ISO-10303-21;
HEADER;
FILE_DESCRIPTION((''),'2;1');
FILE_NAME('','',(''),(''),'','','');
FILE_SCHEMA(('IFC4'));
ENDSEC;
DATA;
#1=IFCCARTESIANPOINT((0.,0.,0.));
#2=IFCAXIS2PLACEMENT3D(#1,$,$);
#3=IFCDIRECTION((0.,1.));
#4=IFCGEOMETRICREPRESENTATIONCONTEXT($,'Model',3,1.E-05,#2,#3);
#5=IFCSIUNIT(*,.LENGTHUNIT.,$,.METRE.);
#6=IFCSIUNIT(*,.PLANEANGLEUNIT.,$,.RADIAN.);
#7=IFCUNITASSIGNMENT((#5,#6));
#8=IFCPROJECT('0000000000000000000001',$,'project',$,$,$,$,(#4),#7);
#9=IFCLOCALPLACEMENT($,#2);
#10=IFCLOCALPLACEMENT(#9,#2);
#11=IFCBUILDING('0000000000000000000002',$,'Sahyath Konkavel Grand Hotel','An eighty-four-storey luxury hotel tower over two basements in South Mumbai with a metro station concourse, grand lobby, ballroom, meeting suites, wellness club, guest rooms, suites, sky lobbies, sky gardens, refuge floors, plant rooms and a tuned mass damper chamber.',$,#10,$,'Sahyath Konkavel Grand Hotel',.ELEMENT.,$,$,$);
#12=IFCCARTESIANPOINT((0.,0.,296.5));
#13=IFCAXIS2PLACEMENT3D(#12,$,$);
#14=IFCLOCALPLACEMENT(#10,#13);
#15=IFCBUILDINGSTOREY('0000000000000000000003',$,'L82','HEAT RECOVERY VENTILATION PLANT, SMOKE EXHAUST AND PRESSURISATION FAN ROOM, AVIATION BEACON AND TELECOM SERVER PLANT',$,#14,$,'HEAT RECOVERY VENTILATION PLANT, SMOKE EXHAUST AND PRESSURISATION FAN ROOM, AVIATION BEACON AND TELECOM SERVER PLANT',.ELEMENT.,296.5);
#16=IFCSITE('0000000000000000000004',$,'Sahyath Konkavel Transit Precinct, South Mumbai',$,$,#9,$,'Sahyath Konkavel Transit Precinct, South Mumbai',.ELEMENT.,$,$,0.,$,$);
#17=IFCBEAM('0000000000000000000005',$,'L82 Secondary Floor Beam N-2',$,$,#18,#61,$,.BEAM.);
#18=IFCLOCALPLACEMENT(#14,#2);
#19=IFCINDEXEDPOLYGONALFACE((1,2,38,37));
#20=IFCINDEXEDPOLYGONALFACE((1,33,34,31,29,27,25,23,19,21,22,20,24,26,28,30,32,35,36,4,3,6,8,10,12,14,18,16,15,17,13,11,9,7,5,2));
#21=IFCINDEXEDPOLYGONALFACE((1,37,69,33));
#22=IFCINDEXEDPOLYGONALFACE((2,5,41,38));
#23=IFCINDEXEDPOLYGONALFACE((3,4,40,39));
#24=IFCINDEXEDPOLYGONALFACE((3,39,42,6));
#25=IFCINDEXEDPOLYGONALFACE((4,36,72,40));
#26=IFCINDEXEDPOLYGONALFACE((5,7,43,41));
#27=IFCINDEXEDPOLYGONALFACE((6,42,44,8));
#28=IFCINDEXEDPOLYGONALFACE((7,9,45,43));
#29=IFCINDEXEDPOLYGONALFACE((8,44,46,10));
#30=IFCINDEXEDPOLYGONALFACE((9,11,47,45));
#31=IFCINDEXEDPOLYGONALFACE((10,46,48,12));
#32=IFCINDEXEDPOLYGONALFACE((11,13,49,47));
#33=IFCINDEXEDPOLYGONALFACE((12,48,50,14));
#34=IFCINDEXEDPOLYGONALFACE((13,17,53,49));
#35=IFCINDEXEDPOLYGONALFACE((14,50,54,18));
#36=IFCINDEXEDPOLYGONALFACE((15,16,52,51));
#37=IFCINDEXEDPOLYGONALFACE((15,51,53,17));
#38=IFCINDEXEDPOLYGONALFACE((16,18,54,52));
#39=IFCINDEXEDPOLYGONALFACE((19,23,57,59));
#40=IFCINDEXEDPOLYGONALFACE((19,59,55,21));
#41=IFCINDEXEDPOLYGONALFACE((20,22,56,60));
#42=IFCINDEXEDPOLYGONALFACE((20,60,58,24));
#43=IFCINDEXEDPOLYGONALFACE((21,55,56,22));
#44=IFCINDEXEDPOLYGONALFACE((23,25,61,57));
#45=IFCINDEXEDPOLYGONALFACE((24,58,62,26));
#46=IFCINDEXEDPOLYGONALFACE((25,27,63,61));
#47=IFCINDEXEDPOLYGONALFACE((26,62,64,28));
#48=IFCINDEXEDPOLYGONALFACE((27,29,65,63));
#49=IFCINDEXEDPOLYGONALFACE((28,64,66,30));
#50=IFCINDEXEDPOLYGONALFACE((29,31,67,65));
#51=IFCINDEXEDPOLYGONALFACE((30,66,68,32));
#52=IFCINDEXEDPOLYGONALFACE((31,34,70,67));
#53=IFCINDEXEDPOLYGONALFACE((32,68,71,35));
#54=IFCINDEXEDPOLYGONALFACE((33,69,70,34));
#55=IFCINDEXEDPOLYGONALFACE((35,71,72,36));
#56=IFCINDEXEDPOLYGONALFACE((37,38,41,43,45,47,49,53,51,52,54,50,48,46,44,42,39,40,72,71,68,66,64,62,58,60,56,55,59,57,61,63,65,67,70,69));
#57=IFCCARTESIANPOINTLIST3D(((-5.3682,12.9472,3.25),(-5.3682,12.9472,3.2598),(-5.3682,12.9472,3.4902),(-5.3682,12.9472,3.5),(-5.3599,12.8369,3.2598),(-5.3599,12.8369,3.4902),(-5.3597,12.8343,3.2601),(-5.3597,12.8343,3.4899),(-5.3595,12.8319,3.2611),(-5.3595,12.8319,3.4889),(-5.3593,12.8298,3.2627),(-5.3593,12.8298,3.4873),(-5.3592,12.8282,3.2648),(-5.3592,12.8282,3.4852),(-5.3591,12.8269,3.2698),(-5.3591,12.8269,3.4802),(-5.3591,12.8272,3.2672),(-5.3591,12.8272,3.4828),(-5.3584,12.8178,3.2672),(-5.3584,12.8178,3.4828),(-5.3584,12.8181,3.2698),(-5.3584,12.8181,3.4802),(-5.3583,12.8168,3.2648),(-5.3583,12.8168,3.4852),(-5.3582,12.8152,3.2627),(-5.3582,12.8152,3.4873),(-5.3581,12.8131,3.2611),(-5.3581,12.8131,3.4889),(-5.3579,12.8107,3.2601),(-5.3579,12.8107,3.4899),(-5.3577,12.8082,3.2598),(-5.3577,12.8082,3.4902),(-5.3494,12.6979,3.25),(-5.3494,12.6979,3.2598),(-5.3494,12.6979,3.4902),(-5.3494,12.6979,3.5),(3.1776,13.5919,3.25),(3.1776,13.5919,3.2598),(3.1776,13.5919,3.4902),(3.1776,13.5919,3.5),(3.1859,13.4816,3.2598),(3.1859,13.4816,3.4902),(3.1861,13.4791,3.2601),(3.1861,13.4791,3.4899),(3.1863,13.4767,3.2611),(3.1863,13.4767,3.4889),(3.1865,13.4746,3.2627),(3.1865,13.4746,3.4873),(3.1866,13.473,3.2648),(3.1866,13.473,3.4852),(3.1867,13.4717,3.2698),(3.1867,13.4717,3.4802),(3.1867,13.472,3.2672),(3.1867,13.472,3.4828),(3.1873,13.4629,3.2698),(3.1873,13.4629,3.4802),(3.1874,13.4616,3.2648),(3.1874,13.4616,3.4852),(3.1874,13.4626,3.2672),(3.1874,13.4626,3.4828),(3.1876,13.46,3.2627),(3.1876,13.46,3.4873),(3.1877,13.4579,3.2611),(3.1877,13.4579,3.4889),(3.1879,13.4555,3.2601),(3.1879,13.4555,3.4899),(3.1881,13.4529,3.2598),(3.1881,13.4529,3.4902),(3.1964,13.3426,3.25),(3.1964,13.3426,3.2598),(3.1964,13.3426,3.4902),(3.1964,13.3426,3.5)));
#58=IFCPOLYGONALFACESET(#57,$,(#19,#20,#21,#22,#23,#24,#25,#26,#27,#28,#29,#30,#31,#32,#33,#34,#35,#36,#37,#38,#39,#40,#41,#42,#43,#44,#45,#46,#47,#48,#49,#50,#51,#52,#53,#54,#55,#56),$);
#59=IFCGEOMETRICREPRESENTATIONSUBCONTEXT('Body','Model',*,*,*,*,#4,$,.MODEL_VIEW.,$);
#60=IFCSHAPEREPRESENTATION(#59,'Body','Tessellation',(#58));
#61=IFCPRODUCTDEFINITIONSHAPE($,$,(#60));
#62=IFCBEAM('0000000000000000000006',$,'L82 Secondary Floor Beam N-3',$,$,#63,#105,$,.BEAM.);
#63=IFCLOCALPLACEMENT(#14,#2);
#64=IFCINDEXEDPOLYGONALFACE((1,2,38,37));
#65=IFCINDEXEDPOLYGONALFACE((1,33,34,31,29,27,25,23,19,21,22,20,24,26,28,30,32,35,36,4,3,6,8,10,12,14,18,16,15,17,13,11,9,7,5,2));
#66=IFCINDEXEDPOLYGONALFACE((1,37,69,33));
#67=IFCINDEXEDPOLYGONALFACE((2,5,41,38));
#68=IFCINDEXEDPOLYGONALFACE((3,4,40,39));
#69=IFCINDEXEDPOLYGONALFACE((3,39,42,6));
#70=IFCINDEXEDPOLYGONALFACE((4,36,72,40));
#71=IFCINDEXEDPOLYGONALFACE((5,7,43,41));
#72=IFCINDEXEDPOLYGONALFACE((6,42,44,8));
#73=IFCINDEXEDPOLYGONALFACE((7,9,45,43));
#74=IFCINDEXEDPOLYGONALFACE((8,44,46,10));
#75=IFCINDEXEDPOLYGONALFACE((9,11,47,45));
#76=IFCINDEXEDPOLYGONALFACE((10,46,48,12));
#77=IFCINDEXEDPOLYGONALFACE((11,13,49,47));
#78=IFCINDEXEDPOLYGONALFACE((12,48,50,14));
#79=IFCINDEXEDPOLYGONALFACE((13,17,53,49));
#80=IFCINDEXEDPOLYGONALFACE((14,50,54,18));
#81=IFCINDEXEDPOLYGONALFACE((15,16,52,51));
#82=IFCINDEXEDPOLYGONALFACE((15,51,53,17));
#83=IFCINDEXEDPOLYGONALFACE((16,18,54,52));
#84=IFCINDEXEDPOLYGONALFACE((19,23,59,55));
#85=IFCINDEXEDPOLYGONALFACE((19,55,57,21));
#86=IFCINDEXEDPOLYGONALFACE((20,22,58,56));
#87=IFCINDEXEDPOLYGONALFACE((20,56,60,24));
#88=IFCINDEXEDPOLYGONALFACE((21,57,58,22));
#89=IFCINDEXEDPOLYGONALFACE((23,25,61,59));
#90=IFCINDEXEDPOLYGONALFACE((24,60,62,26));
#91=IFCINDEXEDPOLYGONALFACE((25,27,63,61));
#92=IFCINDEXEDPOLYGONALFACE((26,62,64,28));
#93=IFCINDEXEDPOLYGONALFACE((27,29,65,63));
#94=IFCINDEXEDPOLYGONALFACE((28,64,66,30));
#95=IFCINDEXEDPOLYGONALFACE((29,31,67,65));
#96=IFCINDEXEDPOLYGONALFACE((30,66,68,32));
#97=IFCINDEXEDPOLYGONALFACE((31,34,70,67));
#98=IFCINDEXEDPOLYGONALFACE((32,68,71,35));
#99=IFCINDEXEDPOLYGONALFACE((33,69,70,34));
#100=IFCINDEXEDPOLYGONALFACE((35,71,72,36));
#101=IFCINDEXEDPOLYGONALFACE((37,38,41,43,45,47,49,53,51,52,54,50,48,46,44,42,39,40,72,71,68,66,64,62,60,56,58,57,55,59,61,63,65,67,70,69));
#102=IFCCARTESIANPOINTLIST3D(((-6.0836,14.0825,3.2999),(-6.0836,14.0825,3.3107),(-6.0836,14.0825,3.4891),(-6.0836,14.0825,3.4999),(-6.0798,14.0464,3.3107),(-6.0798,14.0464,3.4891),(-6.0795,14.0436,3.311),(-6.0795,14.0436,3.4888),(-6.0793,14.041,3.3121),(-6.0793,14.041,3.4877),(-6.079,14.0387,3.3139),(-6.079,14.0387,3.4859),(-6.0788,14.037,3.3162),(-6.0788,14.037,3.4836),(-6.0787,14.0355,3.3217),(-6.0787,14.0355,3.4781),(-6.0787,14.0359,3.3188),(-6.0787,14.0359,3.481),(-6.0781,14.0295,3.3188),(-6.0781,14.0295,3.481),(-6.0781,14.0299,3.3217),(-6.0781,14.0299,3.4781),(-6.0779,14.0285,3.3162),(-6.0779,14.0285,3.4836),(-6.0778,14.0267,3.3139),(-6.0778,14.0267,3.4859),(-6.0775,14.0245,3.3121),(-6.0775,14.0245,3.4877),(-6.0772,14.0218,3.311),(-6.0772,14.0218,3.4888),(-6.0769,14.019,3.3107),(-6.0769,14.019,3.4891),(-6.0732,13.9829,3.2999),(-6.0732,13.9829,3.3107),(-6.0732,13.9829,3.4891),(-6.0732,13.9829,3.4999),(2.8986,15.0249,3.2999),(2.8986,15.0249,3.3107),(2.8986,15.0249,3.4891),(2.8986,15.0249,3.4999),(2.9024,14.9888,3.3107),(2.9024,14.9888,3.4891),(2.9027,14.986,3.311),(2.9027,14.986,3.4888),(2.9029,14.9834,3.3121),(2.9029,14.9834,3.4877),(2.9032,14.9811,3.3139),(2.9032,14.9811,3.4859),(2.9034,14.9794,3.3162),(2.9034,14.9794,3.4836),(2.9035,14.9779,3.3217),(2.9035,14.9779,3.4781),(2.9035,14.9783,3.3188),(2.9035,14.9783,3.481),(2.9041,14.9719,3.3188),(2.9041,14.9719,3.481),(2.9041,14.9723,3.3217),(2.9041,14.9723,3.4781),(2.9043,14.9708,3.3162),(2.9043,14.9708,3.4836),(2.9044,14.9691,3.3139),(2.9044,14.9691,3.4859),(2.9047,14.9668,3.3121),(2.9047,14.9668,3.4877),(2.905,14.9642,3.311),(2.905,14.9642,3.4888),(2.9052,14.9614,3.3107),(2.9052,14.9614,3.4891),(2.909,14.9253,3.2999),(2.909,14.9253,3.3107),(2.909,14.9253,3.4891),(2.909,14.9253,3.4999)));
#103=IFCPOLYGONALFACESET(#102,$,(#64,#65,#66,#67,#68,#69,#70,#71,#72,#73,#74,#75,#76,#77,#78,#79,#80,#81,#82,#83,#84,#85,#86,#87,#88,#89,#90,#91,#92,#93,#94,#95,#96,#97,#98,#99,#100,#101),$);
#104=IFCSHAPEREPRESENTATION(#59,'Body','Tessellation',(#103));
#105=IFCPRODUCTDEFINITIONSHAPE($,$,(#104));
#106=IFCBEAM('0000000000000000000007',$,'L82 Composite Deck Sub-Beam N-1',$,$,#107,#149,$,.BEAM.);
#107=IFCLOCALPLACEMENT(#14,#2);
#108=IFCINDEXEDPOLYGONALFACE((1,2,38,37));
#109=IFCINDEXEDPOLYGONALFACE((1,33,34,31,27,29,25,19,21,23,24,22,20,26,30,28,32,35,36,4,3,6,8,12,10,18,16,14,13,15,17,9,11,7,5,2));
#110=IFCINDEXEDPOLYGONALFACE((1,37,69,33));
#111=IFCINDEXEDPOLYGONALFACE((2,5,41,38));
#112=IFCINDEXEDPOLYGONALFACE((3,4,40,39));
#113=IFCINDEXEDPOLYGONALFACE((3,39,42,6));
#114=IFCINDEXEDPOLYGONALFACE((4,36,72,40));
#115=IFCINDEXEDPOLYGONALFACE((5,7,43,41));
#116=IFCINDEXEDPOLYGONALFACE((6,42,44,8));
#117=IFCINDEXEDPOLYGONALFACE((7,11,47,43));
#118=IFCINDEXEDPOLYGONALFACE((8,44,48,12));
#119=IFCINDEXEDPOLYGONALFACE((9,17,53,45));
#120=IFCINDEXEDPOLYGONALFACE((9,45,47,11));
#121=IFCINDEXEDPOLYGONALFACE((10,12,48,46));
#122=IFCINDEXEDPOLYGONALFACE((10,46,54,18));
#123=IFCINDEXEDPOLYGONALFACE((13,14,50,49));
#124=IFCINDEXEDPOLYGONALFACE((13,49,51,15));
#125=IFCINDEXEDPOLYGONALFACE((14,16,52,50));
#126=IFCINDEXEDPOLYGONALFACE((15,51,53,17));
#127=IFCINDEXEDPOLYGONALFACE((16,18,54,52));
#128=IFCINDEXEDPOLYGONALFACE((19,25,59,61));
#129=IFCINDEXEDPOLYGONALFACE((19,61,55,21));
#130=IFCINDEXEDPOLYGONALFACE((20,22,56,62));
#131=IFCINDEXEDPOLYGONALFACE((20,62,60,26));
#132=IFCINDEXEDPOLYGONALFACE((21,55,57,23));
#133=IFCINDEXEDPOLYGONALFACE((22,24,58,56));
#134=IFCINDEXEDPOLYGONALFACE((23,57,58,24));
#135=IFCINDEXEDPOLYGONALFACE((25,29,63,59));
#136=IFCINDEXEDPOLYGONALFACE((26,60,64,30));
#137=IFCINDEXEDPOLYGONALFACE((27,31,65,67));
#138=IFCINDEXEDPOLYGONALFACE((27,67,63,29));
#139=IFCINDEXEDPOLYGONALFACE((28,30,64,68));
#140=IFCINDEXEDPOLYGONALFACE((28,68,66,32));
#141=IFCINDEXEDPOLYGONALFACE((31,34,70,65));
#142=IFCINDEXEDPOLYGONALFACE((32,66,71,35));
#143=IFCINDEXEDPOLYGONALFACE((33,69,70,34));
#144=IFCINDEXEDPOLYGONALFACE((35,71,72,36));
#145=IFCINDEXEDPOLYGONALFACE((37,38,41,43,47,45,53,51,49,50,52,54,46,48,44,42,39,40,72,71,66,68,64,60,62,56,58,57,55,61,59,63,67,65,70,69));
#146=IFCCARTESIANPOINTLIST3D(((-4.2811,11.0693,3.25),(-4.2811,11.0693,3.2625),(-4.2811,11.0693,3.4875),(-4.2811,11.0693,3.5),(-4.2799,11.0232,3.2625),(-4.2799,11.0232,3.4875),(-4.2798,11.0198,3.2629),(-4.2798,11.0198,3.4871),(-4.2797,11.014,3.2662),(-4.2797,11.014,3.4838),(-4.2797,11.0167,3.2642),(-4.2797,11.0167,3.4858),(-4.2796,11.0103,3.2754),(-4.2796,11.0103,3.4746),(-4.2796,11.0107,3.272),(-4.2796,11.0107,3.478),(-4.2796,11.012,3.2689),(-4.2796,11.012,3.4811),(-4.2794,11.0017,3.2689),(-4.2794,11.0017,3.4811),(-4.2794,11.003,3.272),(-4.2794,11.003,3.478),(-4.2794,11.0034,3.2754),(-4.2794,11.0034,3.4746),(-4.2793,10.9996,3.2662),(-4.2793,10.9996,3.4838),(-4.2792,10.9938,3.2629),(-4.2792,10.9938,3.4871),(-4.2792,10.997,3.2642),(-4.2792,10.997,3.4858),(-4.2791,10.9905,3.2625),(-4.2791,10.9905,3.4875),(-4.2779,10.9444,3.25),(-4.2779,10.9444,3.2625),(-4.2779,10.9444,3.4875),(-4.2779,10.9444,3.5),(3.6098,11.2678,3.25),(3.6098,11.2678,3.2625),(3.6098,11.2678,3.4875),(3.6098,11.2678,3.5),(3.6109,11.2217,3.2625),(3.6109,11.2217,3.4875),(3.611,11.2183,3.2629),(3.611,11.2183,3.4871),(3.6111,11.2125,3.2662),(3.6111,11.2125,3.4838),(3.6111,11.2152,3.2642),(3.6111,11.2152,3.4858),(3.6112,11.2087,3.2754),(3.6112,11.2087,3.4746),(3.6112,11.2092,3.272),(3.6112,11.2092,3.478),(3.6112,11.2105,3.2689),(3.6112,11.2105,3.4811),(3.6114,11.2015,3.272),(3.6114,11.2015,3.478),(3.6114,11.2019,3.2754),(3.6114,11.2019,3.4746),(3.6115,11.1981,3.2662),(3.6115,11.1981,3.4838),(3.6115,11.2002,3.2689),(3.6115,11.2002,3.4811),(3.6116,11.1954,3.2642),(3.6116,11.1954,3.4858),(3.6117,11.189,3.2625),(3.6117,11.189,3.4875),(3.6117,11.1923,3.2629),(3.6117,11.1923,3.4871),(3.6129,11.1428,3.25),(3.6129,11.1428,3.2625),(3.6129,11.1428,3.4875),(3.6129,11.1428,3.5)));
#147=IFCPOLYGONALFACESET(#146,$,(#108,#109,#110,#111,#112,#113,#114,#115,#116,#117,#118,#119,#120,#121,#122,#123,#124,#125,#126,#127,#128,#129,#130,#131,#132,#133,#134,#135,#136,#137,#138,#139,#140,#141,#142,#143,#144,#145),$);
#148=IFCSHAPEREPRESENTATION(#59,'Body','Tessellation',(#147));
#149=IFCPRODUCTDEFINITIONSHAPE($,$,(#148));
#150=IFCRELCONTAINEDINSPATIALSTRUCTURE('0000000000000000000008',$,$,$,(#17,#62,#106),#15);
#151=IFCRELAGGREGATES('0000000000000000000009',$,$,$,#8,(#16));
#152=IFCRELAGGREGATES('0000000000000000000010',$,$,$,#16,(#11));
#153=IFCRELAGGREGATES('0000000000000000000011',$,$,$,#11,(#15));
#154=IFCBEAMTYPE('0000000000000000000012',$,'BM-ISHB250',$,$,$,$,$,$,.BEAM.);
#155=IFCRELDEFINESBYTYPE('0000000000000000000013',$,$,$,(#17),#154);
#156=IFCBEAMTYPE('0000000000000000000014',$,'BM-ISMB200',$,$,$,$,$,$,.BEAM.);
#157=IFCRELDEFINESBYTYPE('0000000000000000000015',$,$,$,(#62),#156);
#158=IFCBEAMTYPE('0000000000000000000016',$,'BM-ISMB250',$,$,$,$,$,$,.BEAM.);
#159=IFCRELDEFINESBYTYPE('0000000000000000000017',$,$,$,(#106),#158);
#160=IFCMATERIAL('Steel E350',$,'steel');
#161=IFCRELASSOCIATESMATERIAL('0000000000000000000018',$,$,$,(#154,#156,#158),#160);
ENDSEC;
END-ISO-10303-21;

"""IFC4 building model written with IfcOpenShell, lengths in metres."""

from ifc_helpers import new_model, si_unit, direction, frame, origin, origin_2d, place, context, subcontext, project, spatial, i_section, extrude, source, transform, mapped, material, material_profile, profile_set, type_object, element, save


model = new_model("IFC4")

# Units and contexts
model_context = context("Model", 3, precision=1e-05, world=origin(), true_north=direction((0.0, 1.0)))
body_context = subcontext(model_context, "Body", "Model", "MODEL_VIEW")
ifc_project = project(units=[si_unit("LENGTHUNIT", "METRE"), si_unit("PLANEANGLEUNIT", "RADIAN")], contexts=[model_context])

# Site, building, storey
site_placement = place(None, origin())
site = spatial("IfcSite", under=ifc_project, at=site_placement, Name="Sahyath Konkavel Transit Precinct, South Mumbai", LongName="Sahyath Konkavel Transit Precinct, South Mumbai", CompositionType="ELEMENT", RefElevation=0.0)
building_placement = place(site_placement, origin())
building = spatial("IfcBuilding", under=site, at=building_placement, Name="Sahyath Konkavel Grand Hotel", Description="An eighty-four-storey luxury hotel tower over two basements in South Mumbai with a metro station concourse, grand lobby, ballroom, meeting suites, wellness club, guest rooms, suites, sky lobbies, sky gardens, refuge floors, plant rooms and a tuned mass damper chamber.", LongName="Sahyath Konkavel Grand Hotel", CompositionType="ELEMENT")
storey_placement = place(building_placement, frame((0.0, 0.0, 296.5)))
storey = spatial("IfcBuildingStorey", under=building, at=storey_placement, Name="L82", Description="HEAT RECOVERY VENTILATION PLANT, SMOKE EXHAUST AND PRESSURISATION FAN ROOM, AVIATION BEACON AND TELECOM SERVER PLANT", LongName="HEAT RECOVERY VENTILATION PLANT, SMOKE EXHAUST AND PRESSURISATION FAN ROOM, AVIATION BEACON AND TELECOM SERVER PLANT", CompositionType="ELEMENT", Elevation=296.5)

# Beams
ifc_material_1 = material(Name="Steel E350", Category="steel")
ifc_material_profile_1 = material_profile(ifc_material_1, i_section(OverallWidth=0.25, OverallDepth=0.25, WebThickness=0.0088, FlangeThickness=0.0098, FilletRadius=0.01, at=origin_2d()), Name="ISHB 250")
ifc_profile_set_1 = profile_set([ifc_material_profile_1], Name="Steel E350")
beam_type_1 = type_object("IfcBeamType", Name="BM-ISHB250", PredefinedType="BEAM", material=ifc_profile_set_1)
shared_shape_1 = source(origin(), body_context, "Body", "SweptSolid", [
    extrude(i_section(OverallWidth=0.25, OverallDepth=0.25, WebThickness=0.0088, FlangeThickness=0.0098, FilletRadius=0.01, at=origin_2d()), origin(), (0.0, 0.0, 1.0), 8.5701),
])
beam_1_placement = place(storey_placement, frame((3.187, 13.4673, 3.375), z_axis=(-0.997166, -0.075235, 0.0), x_axis=(0.075235, -0.997166, 0.0)))
element("IfcBeam", 1, at=beam_1_placement, inside=storey, type_object=beam_type_1, Name="L82 Secondary Floor Beam N-2", PredefinedType="BEAM", context=body_context, shape_type="MappedRepresentation", body=[
    mapped(shared_shape_1, transform((0.0, 0.0, 0.0), scale=1.0)),
])
ifc_material_profile_2 = material_profile(ifc_material_1, i_section(OverallWidth=0.1001, OverallDepth=0.2, WebThickness=0.0056, FlangeThickness=0.0107, FilletRadius=0.011, at=origin_2d()), Name="ISMB 200")
ifc_profile_set_2 = profile_set([ifc_material_profile_2], Name="Steel E350")
beam_type_2 = type_object("IfcBeamType", Name="BM-ISMB200", PredefinedType="BEAM", material=ifc_profile_set_2)
shared_shape_2 = source(origin(), body_context, "Body", "SweptSolid", [
    extrude(i_section(OverallWidth=0.1001, OverallDepth=0.2, WebThickness=0.0056, FlangeThickness=0.0107, FilletRadius=0.011, at=origin_2d()), origin(), (0.0, 0.0, 1.0), 9.0315),
])
beam_2_placement = place(storey_placement, frame((2.9038, 14.9751, 3.3999), z_axis=(-0.994541, -0.104344, 0.0), x_axis=(0.104344, -0.994541, 0.0)))
element("IfcBeam", 2, at=beam_2_placement, inside=storey, type_object=beam_type_2, Name="L82 Secondary Floor Beam N-3", PredefinedType="BEAM", context=body_context, shape_type="MappedRepresentation", body=[
    mapped(shared_shape_2, transform((0.0, 0.0, 0.0), scale=1.0)),
])
ifc_material_profile_3 = material_profile(ifc_material_1, i_section(OverallWidth=0.125, OverallDepth=0.25, WebThickness=0.0068, FlangeThickness=0.0125, FilletRadius=0.0129, at=origin_2d()), Name="ISMB 250")
ifc_profile_set_3 = profile_set([ifc_material_profile_3], Name="Steel E350")
beam_type_3 = type_object("IfcBeamType", Name="BM-ISMB250", PredefinedType="BEAM", material=ifc_profile_set_3)
shared_shape_3 = source(origin(), body_context, "Body", "SweptSolid", [
    extrude(i_section(OverallWidth=0.125, OverallDepth=0.25, WebThickness=0.0068, FlangeThickness=0.0125, FilletRadius=0.0129, at=origin_2d()), origin(), (0.0, 0.0, 1.0), 7.8933),
])
beam_3_placement = place(storey_placement, frame((3.6113, 11.2053, 3.375), z_axis=(-0.999684, -0.025146, 0.0), x_axis=(0.025146, -0.999684, 0.0)))
element("IfcBeam", 3, at=beam_3_placement, inside=storey, type_object=beam_type_3, Name="L82 Composite Deck Sub-Beam N-1", PredefinedType="BEAM", context=body_context, shape_type="MappedRepresentation", body=[
    mapped(shared_shape_3, transform((0.0, 0.0, 0.0), scale=1.0)),
])

save(model, "model.ifc")
